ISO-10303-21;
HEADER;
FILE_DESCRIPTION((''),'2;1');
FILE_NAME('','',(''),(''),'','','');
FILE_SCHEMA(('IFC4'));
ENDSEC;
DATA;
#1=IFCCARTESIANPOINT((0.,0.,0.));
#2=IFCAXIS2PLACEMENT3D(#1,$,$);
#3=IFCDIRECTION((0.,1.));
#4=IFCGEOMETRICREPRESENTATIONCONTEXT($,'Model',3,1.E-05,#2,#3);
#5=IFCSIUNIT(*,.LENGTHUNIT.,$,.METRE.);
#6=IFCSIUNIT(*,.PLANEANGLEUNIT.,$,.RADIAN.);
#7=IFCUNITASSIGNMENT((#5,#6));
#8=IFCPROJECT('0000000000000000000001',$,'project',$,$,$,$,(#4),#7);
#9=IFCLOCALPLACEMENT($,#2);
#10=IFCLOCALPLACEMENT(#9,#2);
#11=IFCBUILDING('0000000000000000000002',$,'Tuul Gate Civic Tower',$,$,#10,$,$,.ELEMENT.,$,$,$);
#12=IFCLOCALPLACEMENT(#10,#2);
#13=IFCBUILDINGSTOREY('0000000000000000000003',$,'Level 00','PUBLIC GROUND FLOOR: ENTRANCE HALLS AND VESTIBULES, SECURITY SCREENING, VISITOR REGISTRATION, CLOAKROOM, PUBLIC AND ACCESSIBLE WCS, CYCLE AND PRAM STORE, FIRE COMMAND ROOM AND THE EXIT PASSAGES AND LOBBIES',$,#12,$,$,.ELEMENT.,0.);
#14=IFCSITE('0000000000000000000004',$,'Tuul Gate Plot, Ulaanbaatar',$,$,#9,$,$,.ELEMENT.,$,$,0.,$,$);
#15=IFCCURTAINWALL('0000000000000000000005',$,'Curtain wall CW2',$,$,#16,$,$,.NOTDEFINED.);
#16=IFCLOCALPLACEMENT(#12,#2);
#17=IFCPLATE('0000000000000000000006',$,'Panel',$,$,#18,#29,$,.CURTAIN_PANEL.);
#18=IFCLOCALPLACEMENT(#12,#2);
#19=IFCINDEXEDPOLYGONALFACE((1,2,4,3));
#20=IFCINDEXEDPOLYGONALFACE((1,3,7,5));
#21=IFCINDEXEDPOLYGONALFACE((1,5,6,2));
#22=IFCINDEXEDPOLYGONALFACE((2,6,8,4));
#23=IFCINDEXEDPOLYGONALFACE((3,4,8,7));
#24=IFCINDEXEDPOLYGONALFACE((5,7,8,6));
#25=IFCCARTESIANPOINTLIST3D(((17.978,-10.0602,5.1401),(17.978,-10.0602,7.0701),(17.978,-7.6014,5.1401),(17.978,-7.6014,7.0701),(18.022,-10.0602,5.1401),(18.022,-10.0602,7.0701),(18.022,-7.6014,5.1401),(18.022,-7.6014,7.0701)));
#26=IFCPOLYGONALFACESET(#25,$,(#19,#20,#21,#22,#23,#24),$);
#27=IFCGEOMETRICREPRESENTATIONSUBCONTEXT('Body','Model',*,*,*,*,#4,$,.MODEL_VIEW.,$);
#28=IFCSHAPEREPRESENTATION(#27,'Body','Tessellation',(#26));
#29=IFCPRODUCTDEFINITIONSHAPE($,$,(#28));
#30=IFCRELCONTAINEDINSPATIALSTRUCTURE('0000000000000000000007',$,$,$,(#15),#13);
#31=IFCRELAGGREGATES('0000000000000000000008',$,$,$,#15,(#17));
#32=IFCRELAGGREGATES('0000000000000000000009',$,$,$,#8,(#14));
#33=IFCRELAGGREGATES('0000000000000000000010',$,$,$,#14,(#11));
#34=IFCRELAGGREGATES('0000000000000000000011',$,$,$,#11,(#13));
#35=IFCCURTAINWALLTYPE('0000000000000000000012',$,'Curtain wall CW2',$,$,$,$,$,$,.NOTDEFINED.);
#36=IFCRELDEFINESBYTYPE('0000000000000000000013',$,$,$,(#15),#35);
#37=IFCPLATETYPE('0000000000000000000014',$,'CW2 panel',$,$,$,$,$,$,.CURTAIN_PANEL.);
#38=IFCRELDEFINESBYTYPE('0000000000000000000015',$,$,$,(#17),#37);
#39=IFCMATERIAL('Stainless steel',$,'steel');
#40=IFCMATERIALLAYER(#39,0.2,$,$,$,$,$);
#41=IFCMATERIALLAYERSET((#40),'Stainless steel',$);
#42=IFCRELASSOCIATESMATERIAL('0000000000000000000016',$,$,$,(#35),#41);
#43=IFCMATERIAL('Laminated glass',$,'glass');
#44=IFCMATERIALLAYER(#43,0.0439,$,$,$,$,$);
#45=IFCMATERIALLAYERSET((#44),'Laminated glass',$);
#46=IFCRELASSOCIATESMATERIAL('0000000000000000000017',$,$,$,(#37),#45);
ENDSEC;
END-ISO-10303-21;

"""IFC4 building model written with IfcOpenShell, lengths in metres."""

from ifc_helpers import new_model, si_unit, direction, frame, origin, origin_2d, place, context, subcontext, project, spatial, rectangle, extrude, material, layer, layer_set, type_object, element, aggregate, save


model = new_model("IFC4")

# Units and contexts
model_context = context("Model", 3, precision=1e-05, world=origin(), true_north=direction((0.0, 1.0)))
body_context = subcontext(model_context, "Body", "Model", "MODEL_VIEW")
ifc_project = project(units=[si_unit("LENGTHUNIT", "METRE"), si_unit("PLANEANGLEUNIT", "RADIAN")], contexts=[model_context])

# Site, building, storey
site_placement = place(None, origin())
site = spatial("IfcSite", under=ifc_project, at=site_placement, Name="Tuul Gate Plot, Ulaanbaatar", CompositionType="ELEMENT", RefElevation=0.0)
building_placement = place(site_placement, origin())
building = spatial("IfcBuilding", under=site, at=building_placement, Name="Tuul Gate Civic Tower", CompositionType="ELEMENT")
storey_placement = place(building_placement, origin())
storey = spatial("IfcBuildingStorey", under=building, at=storey_placement, Name="Level 00", Description="PUBLIC GROUND FLOOR: ENTRANCE HALLS AND VESTIBULES, SECURITY SCREENING, VISITOR REGISTRATION, CLOAKROOM, PUBLIC AND ACCESSIBLE WCS, CYCLE AND PRAM STORE, FIRE COMMAND ROOM AND THE EXIT PASSAGES AND LOBBIES", CompositionType="ELEMENT", Elevation=0.0)

# Curtain wall
ifc_material_1 = material(Name="Stainless steel", Category="steel")
ifc_layer_1 = layer(ifc_material_1, 0.2)
ifc_layer_set_1 = layer_set([ifc_layer_1], Name="Stainless steel")
curtain_wall_type = type_object("IfcCurtainWallType", Name="Curtain wall CW2", PredefinedType="NOTDEFINED", material=ifc_layer_set_1)
curtain_wall_1_placement = place(storey_placement, origin())
curtain_wall_1 = element("IfcCurtainWall", 1, at=curtain_wall_1_placement, inside=storey, type_object=curtain_wall_type, Name="Curtain wall CW2", PredefinedType="NOTDEFINED")

# Plate
ifc_material_2 = material(Name="Laminated glass", Category="glass")
ifc_layer_2 = layer(ifc_material_2, 0.0439)
ifc_layer_set_2 = layer_set([ifc_layer_2], Name="Laminated glass")
plate_type = type_object("IfcPlateType", Name="CW2 panel", PredefinedType="CURTAIN_PANEL", material=ifc_layer_set_2)
plate_1_placement = place(storey_placement, frame((18.0, -8.8308, 5.1401), z_axis=(0.0, 0.0, 1.0), x_axis=(0.0, 1.0, 0.0)))
plate_1 = element("IfcPlate", 2, at=plate_1_placement, type_object=plate_type, Name="Panel", PredefinedType="CURTAIN_PANEL", context=body_context, shape_type="SweptSolid", body=[
    extrude(rectangle(XDim=2.4587, YDim=0.0439, at=origin_2d()), origin(), (0.0, 0.0, 1.0), 1.9299),
])
aggregate(curtain_wall_1, [plate_1])

save(model, "model.ifc")
